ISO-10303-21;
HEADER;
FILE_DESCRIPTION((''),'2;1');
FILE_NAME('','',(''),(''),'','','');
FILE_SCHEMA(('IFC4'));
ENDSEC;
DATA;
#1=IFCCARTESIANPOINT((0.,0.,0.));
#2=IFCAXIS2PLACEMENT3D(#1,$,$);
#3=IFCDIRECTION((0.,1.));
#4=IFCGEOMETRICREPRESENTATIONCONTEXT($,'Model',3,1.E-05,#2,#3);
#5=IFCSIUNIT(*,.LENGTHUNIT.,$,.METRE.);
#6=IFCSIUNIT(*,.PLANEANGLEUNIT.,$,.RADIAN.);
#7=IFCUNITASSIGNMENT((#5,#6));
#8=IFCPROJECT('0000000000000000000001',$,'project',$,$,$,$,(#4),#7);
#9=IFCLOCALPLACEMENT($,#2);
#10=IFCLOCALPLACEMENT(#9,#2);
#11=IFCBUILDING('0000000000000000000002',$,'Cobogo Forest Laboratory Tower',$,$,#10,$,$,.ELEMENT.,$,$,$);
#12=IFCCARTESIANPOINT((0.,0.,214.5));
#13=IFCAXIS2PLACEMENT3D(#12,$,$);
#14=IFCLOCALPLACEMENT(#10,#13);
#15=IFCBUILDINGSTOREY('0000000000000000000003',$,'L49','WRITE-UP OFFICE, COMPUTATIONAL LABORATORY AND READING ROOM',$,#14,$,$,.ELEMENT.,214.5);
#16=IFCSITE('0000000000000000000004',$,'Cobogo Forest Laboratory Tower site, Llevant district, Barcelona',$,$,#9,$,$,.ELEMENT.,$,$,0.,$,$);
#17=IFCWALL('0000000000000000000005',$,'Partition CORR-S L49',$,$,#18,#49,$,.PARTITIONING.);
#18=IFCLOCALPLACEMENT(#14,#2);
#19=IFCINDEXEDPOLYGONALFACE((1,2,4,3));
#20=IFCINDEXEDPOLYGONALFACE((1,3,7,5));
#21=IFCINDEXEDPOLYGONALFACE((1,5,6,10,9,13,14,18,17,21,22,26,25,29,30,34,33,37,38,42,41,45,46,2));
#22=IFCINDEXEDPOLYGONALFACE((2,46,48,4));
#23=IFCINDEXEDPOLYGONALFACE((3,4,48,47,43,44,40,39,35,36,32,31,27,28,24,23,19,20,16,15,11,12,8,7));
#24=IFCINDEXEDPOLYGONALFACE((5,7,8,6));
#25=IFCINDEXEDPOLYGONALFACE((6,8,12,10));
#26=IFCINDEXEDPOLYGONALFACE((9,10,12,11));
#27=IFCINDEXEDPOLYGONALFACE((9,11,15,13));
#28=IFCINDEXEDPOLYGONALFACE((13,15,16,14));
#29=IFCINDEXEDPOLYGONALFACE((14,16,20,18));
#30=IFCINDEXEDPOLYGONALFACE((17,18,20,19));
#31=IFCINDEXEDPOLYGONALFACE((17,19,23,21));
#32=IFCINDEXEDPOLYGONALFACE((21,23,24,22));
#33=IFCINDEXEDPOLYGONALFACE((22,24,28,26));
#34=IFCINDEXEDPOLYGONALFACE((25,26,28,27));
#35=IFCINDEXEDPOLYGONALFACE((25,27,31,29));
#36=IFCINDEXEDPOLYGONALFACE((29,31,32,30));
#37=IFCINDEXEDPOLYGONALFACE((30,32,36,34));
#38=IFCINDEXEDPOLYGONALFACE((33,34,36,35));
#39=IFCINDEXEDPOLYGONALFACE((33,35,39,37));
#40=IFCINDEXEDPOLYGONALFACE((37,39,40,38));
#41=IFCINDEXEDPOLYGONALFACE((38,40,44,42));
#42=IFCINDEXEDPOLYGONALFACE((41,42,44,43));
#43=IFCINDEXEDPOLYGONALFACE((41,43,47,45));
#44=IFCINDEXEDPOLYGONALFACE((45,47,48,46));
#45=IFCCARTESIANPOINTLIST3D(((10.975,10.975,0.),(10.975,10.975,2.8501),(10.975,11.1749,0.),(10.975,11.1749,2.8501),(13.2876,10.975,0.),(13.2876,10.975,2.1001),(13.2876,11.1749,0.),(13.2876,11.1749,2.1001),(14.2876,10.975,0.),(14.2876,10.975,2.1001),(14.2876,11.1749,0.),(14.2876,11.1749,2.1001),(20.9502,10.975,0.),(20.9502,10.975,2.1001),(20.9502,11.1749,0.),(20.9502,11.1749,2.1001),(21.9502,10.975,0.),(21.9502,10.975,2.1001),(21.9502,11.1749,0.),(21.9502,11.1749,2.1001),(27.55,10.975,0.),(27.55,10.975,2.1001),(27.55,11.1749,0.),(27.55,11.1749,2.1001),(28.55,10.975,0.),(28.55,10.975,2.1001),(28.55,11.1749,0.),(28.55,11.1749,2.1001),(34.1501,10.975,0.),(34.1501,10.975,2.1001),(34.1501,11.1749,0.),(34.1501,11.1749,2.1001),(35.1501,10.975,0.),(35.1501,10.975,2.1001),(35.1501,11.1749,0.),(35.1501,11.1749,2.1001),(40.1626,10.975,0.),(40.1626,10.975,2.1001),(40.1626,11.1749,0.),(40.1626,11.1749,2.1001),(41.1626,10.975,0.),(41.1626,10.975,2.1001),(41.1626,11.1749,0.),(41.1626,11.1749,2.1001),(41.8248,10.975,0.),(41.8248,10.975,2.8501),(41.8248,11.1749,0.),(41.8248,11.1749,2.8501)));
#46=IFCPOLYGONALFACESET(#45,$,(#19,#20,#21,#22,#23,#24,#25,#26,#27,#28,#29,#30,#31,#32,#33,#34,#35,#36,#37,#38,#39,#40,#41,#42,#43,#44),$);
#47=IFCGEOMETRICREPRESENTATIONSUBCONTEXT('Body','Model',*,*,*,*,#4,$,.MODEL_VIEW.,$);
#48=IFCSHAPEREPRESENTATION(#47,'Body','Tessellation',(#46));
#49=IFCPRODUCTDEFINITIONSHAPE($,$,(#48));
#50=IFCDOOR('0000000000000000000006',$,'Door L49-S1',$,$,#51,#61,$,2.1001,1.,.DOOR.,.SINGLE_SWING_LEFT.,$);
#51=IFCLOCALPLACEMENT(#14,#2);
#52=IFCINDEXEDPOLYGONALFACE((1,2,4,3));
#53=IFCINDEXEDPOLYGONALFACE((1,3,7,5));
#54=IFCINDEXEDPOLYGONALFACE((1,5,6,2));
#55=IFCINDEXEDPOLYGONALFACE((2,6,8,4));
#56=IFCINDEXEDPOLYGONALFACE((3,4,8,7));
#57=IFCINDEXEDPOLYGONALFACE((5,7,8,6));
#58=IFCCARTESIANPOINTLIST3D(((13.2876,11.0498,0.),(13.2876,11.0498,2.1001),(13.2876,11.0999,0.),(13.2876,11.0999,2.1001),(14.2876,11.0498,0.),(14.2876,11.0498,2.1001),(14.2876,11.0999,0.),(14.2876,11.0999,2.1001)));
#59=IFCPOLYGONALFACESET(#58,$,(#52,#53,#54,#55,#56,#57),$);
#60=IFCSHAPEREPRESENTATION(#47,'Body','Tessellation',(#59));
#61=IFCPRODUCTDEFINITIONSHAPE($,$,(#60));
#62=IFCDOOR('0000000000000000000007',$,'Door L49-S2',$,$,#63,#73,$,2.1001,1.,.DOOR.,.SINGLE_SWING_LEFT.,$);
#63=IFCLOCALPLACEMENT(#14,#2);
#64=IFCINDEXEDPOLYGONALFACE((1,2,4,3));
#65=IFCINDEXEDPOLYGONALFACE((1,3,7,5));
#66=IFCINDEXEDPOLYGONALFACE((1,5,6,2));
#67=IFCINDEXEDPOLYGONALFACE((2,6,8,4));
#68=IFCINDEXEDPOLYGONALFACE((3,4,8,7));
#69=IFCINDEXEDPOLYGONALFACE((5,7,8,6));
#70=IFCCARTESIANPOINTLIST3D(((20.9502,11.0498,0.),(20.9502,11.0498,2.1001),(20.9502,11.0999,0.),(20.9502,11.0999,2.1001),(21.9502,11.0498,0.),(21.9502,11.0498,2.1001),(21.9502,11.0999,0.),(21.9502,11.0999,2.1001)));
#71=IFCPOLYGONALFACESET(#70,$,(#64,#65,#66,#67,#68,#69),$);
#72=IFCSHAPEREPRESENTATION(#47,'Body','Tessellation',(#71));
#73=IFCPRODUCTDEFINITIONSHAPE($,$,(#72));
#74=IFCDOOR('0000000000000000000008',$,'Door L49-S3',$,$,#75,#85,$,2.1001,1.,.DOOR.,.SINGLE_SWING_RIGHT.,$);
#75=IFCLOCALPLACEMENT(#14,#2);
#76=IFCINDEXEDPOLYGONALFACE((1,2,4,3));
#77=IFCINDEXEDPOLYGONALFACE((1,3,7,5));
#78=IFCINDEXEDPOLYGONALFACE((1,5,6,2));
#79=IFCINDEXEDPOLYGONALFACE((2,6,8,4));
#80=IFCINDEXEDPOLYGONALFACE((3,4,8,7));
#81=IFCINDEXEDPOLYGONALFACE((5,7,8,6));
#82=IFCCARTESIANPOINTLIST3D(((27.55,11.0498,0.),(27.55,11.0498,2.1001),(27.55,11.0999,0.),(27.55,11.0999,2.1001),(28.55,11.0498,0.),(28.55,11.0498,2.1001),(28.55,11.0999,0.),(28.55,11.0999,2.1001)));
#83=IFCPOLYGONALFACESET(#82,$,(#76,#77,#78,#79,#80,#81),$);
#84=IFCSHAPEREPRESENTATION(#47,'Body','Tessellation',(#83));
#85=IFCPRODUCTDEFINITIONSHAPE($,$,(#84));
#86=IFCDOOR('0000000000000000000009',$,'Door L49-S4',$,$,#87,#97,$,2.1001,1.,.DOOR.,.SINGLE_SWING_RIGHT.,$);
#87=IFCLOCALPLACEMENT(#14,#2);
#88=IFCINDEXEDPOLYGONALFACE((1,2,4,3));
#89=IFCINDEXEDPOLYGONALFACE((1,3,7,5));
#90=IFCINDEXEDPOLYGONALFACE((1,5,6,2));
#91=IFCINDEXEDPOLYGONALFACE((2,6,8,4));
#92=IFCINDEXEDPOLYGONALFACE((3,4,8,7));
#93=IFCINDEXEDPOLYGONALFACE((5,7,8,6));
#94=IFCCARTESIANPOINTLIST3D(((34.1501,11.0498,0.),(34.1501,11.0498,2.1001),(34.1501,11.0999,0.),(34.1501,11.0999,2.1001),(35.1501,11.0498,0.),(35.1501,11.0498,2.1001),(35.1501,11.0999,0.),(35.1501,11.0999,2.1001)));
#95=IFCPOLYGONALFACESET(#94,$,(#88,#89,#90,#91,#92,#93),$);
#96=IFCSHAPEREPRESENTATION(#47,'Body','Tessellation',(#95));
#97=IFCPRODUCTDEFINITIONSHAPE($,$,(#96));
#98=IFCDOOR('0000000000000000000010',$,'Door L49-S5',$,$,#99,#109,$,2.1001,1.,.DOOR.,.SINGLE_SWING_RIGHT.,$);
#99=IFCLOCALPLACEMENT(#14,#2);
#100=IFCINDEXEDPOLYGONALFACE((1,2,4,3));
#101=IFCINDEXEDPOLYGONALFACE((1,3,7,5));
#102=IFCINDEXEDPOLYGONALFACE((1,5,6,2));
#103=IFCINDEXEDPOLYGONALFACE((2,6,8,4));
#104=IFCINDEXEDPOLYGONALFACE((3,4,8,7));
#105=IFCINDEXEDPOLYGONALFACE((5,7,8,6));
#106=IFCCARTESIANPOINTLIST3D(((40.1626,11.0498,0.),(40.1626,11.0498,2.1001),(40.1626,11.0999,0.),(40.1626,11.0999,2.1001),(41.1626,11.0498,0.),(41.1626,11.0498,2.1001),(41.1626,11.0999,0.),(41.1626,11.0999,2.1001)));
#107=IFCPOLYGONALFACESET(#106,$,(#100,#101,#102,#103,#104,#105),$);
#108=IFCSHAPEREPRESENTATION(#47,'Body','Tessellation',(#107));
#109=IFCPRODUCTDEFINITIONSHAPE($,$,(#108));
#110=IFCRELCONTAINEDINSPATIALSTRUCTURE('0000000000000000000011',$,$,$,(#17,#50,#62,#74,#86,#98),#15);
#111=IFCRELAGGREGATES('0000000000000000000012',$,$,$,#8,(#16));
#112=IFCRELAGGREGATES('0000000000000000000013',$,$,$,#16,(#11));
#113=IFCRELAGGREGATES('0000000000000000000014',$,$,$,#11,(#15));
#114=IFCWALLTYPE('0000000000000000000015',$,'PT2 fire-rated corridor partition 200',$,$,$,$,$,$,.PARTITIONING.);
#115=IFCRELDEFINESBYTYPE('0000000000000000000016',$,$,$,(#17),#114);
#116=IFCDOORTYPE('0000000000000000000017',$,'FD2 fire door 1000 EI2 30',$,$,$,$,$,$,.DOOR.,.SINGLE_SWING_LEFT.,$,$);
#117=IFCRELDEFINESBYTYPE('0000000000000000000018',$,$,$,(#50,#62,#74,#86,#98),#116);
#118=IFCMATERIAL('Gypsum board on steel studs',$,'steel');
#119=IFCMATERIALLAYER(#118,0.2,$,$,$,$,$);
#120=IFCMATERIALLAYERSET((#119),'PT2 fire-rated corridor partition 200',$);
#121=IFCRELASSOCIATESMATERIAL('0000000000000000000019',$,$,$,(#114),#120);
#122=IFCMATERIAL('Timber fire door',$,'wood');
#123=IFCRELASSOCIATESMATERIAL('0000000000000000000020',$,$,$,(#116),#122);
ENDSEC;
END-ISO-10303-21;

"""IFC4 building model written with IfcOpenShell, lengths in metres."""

from ifc_helpers import new_model, si_unit, direction, frame, frame_2d, origin, place, context, subcontext, project, spatial, rectangle, extrude, material, layer, layer_set, type_object, element, fill, save


model = new_model("IFC4")

# Units and contexts
model_context = context("Model", 3, precision=1e-05, world=origin(), true_north=direction((0.0, 1.0)))
body_context = subcontext(model_context, "Body", "Model", "MODEL_VIEW")
ifc_project = project(units=[si_unit("LENGTHUNIT", "METRE"), si_unit("PLANEANGLEUNIT", "RADIAN")], contexts=[model_context])

# Site, building, storey
site_placement = place(None, origin())
site = spatial("IfcSite", under=ifc_project, at=site_placement, Name="Cobogo Forest Laboratory Tower site, Llevant district, Barcelona", CompositionType="ELEMENT", RefElevation=0.0)
building_placement = place(site_placement, origin())
building = spatial("IfcBuilding", under=site, at=building_placement, Name="Cobogo Forest Laboratory Tower", CompositionType="ELEMENT")
storey_placement = place(building_placement, frame((0.0, 0.0, 214.5)))
storey = spatial("IfcBuildingStorey", under=building, at=storey_placement, Name="L49", Description="WRITE-UP OFFICE, COMPUTATIONAL LABORATORY AND READING ROOM", CompositionType="ELEMENT", Elevation=214.5)

# Shared definitions
ifc_material_1 = material(Name="Gypsum board on steel studs", Category="steel")

# Wall, openings, doors
ifc_layer_1 = layer(ifc_material_1, 0.2)
ifc_layer_set_1 = layer_set([ifc_layer_1], Name="PT2 fire-rated corridor partition 200")
wall_type_1 = type_object("IfcWallType", Name="PT2 fire-rated corridor partition 200", PredefinedType="PARTITIONING", material=ifc_layer_set_1)
wall_1_placement = place(storey_placement, frame((10.9751, 11.075, 0.0), z_axis=(0.0, 0.0, 1.0), x_axis=(1.0, 0.0, 0.0)))
wall_1 = element("IfcWall", 1, at=wall_1_placement, inside=storey, type_object=wall_type_1, Name="Partition CORR-S L49", PredefinedType="PARTITIONING", context=body_context, shape_type="SweptSolid", body=[
    extrude(rectangle(XDim=30.8499, YDim=0.2, at=frame_2d((15.4248, 0.0))), origin(), (0.0, 0.0, 1.0), 2.8501),
])
opening_1_placement = place(wall_1_placement, frame((2.3125, 0.0, 0.0)))
opening_1 = element("IfcOpeningElement", 2, at=opening_1_placement, cuts=wall_1, PredefinedType="OPENING", context=body_context, shape_type="SweptSolid", body=[
    extrude(rectangle(XDim=1.0, YDim=2.1001, at=frame_2d((0.5, 1.05))), frame((0.0, 0.1099, 0.0), z_axis=(0.0, -1.0, 0.0), x_axis=(1.0, 0.0, 0.0)), (0.0, 0.0, 1.0), 0.22),
])
opening_2_placement = place(wall_1_placement, frame((9.9751, 0.0, 0.0)))
opening_2 = element("IfcOpeningElement", 3, at=opening_2_placement, cuts=wall_1, PredefinedType="OPENING", context=body_context, shape_type="SweptSolid", body=[
    extrude(rectangle(XDim=1.0, YDim=2.1001, at=frame_2d((0.5, 1.05))), frame((0.0, 0.1099, 0.0), z_axis=(0.0, -1.0, 0.0), x_axis=(1.0, 0.0, 0.0)), (0.0, 0.0, 1.0), 0.22),
])
opening_3_placement = place(wall_1_placement, frame((16.575, 0.0, 0.0)))
opening_3 = element("IfcOpeningElement", 4, at=opening_3_placement, cuts=wall_1, PredefinedType="OPENING", context=body_context, shape_type="SweptSolid", body=[
    extrude(rectangle(XDim=1.0, YDim=2.1001, at=frame_2d((0.5, 1.05))), frame((0.0, 0.1099, 0.0), z_axis=(0.0, -1.0, 0.0), x_axis=(1.0, 0.0, 0.0)), (0.0, 0.0, 1.0), 0.22),
])
opening_4_placement = place(wall_1_placement, frame((23.175, 0.0, 0.0)))
opening_4 = element("IfcOpeningElement", 5, at=opening_4_placement, cuts=wall_1, PredefinedType="OPENING", context=body_context, shape_type="SweptSolid", body=[
    extrude(rectangle(XDim=1.0, YDim=2.1001, at=frame_2d((0.5, 1.05))), frame((0.0, 0.1099, 0.0), z_axis=(0.0, -1.0, 0.0), x_axis=(1.0, 0.0, 0.0)), (0.0, 0.0, 1.0), 0.22),
])
opening_5_placement = place(wall_1_placement, frame((29.1875, 0.0, 0.0)))
opening_5 = element("IfcOpeningElement", 6, at=opening_5_placement, cuts=wall_1, PredefinedType="OPENING", context=body_context, shape_type="SweptSolid", body=[
    extrude(rectangle(XDim=1.0, YDim=2.1001, at=frame_2d((0.5, 1.05))), frame((0.0, 0.1099, 0.0), z_axis=(0.0, -1.0, 0.0), x_axis=(1.0, 0.0, 0.0)), (0.0, 0.0, 1.0), 0.22),
])
ifc_material_2 = material(Name="Timber fire door", Category="wood")
door_type_1 = type_object("IfcDoorType", Name="FD2 fire door 1000 EI2 30", OperationType="SINGLE_SWING_LEFT", PredefinedType="DOOR", material=ifc_material_2)
door_1_placement = place(opening_1_placement, origin())
door_1 = element("IfcDoor", 7, at=door_1_placement, inside=storey, type_object=door_type_1, Name="Door L49-S1", OperationType="SINGLE_SWING_LEFT", OverallHeight=2.1001, OverallWidth=1.0, PredefinedType="DOOR", context=body_context, shape_type="SweptSolid", body=[
    extrude(rectangle(XDim=1.0, YDim=2.1001, at=frame_2d((0.5, 1.05))), frame((0.0, 0.0249, 0.0), z_axis=(0.0, -1.0, 0.0), x_axis=(1.0, 0.0, 0.0)), (0.0, 0.0, 1.0), 0.05),
])
fill(opening_1, door_1)
door_2_placement = place(opening_2_placement, origin())
door_2 = element("IfcDoor", 8, at=door_2_placement, inside=storey, type_object=door_type_1, Name="Door L49-S2", OperationType="SINGLE_SWING_LEFT", OverallHeight=2.1001, OverallWidth=1.0, PredefinedType="DOOR", context=body_context, shape_type="SweptSolid", body=[
    extrude(rectangle(XDim=1.0, YDim=2.1001, at=frame_2d((0.5, 1.05))), frame((0.0, 0.0249, 0.0), z_axis=(0.0, -1.0, 0.0), x_axis=(1.0, 0.0, 0.0)), (0.0, 0.0, 1.0), 0.05),
])
fill(opening_2, door_2)
door_3_placement = place(opening_3_placement, origin())
door_3 = element("IfcDoor", 9, at=door_3_placement, inside=storey, type_object=door_type_1, Name="Door L49-S3", OperationType="SINGLE_SWING_RIGHT", OverallHeight=2.1001, OverallWidth=1.0, PredefinedType="DOOR", context=body_context, shape_type="SweptSolid", body=[
    extrude(rectangle(XDim=1.0, YDim=2.1001, at=frame_2d((0.5, 1.05))), frame((0.0, 0.0249, 0.0), z_axis=(0.0, -1.0, 0.0), x_axis=(1.0, 0.0, 0.0)), (0.0, 0.0, 1.0), 0.05),
])
fill(opening_3, door_3)
door_4_placement = place(opening_4_placement, origin())
door_4 = element("IfcDoor", 10, at=door_4_placement, inside=storey, type_object=door_type_1, Name="Door L49-S4", OperationType="SINGLE_SWING_RIGHT", OverallHeight=2.1001, OverallWidth=1.0, PredefinedType="DOOR", context=body_context, shape_type="SweptSolid", body=[
    extrude(rectangle(XDim=1.0, YDim=2.1001, at=frame_2d((0.5, 1.05))), frame((0.0, 0.0249, 0.0), z_axis=(0.0, -1.0, 0.0), x_axis=(1.0, 0.0, 0.0)), (0.0, 0.0, 1.0), 0.05),
])
fill(opening_4, door_4)
door_5_placement = place(opening_5_placement, origin())
door_5 = element("IfcDoor", 11, at=door_5_placement, inside=storey, type_object=door_type_1, Name="Door L49-S5", OperationType="SINGLE_SWING_RIGHT", OverallHeight=2.1001, OverallWidth=1.0, PredefinedType="DOOR", context=body_context, shape_type="SweptSolid", body=[
    extrude(rectangle(XDim=1.0, YDim=2.1001, at=frame_2d((0.5, 1.05))), frame((0.0, 0.0249, 0.0), z_axis=(0.0, -1.0, 0.0), x_axis=(1.0, 0.0, 0.0)), (0.0, 0.0, 1.0), 0.05),
])
fill(opening_5, door_5)

save(model, "model.ifc")
